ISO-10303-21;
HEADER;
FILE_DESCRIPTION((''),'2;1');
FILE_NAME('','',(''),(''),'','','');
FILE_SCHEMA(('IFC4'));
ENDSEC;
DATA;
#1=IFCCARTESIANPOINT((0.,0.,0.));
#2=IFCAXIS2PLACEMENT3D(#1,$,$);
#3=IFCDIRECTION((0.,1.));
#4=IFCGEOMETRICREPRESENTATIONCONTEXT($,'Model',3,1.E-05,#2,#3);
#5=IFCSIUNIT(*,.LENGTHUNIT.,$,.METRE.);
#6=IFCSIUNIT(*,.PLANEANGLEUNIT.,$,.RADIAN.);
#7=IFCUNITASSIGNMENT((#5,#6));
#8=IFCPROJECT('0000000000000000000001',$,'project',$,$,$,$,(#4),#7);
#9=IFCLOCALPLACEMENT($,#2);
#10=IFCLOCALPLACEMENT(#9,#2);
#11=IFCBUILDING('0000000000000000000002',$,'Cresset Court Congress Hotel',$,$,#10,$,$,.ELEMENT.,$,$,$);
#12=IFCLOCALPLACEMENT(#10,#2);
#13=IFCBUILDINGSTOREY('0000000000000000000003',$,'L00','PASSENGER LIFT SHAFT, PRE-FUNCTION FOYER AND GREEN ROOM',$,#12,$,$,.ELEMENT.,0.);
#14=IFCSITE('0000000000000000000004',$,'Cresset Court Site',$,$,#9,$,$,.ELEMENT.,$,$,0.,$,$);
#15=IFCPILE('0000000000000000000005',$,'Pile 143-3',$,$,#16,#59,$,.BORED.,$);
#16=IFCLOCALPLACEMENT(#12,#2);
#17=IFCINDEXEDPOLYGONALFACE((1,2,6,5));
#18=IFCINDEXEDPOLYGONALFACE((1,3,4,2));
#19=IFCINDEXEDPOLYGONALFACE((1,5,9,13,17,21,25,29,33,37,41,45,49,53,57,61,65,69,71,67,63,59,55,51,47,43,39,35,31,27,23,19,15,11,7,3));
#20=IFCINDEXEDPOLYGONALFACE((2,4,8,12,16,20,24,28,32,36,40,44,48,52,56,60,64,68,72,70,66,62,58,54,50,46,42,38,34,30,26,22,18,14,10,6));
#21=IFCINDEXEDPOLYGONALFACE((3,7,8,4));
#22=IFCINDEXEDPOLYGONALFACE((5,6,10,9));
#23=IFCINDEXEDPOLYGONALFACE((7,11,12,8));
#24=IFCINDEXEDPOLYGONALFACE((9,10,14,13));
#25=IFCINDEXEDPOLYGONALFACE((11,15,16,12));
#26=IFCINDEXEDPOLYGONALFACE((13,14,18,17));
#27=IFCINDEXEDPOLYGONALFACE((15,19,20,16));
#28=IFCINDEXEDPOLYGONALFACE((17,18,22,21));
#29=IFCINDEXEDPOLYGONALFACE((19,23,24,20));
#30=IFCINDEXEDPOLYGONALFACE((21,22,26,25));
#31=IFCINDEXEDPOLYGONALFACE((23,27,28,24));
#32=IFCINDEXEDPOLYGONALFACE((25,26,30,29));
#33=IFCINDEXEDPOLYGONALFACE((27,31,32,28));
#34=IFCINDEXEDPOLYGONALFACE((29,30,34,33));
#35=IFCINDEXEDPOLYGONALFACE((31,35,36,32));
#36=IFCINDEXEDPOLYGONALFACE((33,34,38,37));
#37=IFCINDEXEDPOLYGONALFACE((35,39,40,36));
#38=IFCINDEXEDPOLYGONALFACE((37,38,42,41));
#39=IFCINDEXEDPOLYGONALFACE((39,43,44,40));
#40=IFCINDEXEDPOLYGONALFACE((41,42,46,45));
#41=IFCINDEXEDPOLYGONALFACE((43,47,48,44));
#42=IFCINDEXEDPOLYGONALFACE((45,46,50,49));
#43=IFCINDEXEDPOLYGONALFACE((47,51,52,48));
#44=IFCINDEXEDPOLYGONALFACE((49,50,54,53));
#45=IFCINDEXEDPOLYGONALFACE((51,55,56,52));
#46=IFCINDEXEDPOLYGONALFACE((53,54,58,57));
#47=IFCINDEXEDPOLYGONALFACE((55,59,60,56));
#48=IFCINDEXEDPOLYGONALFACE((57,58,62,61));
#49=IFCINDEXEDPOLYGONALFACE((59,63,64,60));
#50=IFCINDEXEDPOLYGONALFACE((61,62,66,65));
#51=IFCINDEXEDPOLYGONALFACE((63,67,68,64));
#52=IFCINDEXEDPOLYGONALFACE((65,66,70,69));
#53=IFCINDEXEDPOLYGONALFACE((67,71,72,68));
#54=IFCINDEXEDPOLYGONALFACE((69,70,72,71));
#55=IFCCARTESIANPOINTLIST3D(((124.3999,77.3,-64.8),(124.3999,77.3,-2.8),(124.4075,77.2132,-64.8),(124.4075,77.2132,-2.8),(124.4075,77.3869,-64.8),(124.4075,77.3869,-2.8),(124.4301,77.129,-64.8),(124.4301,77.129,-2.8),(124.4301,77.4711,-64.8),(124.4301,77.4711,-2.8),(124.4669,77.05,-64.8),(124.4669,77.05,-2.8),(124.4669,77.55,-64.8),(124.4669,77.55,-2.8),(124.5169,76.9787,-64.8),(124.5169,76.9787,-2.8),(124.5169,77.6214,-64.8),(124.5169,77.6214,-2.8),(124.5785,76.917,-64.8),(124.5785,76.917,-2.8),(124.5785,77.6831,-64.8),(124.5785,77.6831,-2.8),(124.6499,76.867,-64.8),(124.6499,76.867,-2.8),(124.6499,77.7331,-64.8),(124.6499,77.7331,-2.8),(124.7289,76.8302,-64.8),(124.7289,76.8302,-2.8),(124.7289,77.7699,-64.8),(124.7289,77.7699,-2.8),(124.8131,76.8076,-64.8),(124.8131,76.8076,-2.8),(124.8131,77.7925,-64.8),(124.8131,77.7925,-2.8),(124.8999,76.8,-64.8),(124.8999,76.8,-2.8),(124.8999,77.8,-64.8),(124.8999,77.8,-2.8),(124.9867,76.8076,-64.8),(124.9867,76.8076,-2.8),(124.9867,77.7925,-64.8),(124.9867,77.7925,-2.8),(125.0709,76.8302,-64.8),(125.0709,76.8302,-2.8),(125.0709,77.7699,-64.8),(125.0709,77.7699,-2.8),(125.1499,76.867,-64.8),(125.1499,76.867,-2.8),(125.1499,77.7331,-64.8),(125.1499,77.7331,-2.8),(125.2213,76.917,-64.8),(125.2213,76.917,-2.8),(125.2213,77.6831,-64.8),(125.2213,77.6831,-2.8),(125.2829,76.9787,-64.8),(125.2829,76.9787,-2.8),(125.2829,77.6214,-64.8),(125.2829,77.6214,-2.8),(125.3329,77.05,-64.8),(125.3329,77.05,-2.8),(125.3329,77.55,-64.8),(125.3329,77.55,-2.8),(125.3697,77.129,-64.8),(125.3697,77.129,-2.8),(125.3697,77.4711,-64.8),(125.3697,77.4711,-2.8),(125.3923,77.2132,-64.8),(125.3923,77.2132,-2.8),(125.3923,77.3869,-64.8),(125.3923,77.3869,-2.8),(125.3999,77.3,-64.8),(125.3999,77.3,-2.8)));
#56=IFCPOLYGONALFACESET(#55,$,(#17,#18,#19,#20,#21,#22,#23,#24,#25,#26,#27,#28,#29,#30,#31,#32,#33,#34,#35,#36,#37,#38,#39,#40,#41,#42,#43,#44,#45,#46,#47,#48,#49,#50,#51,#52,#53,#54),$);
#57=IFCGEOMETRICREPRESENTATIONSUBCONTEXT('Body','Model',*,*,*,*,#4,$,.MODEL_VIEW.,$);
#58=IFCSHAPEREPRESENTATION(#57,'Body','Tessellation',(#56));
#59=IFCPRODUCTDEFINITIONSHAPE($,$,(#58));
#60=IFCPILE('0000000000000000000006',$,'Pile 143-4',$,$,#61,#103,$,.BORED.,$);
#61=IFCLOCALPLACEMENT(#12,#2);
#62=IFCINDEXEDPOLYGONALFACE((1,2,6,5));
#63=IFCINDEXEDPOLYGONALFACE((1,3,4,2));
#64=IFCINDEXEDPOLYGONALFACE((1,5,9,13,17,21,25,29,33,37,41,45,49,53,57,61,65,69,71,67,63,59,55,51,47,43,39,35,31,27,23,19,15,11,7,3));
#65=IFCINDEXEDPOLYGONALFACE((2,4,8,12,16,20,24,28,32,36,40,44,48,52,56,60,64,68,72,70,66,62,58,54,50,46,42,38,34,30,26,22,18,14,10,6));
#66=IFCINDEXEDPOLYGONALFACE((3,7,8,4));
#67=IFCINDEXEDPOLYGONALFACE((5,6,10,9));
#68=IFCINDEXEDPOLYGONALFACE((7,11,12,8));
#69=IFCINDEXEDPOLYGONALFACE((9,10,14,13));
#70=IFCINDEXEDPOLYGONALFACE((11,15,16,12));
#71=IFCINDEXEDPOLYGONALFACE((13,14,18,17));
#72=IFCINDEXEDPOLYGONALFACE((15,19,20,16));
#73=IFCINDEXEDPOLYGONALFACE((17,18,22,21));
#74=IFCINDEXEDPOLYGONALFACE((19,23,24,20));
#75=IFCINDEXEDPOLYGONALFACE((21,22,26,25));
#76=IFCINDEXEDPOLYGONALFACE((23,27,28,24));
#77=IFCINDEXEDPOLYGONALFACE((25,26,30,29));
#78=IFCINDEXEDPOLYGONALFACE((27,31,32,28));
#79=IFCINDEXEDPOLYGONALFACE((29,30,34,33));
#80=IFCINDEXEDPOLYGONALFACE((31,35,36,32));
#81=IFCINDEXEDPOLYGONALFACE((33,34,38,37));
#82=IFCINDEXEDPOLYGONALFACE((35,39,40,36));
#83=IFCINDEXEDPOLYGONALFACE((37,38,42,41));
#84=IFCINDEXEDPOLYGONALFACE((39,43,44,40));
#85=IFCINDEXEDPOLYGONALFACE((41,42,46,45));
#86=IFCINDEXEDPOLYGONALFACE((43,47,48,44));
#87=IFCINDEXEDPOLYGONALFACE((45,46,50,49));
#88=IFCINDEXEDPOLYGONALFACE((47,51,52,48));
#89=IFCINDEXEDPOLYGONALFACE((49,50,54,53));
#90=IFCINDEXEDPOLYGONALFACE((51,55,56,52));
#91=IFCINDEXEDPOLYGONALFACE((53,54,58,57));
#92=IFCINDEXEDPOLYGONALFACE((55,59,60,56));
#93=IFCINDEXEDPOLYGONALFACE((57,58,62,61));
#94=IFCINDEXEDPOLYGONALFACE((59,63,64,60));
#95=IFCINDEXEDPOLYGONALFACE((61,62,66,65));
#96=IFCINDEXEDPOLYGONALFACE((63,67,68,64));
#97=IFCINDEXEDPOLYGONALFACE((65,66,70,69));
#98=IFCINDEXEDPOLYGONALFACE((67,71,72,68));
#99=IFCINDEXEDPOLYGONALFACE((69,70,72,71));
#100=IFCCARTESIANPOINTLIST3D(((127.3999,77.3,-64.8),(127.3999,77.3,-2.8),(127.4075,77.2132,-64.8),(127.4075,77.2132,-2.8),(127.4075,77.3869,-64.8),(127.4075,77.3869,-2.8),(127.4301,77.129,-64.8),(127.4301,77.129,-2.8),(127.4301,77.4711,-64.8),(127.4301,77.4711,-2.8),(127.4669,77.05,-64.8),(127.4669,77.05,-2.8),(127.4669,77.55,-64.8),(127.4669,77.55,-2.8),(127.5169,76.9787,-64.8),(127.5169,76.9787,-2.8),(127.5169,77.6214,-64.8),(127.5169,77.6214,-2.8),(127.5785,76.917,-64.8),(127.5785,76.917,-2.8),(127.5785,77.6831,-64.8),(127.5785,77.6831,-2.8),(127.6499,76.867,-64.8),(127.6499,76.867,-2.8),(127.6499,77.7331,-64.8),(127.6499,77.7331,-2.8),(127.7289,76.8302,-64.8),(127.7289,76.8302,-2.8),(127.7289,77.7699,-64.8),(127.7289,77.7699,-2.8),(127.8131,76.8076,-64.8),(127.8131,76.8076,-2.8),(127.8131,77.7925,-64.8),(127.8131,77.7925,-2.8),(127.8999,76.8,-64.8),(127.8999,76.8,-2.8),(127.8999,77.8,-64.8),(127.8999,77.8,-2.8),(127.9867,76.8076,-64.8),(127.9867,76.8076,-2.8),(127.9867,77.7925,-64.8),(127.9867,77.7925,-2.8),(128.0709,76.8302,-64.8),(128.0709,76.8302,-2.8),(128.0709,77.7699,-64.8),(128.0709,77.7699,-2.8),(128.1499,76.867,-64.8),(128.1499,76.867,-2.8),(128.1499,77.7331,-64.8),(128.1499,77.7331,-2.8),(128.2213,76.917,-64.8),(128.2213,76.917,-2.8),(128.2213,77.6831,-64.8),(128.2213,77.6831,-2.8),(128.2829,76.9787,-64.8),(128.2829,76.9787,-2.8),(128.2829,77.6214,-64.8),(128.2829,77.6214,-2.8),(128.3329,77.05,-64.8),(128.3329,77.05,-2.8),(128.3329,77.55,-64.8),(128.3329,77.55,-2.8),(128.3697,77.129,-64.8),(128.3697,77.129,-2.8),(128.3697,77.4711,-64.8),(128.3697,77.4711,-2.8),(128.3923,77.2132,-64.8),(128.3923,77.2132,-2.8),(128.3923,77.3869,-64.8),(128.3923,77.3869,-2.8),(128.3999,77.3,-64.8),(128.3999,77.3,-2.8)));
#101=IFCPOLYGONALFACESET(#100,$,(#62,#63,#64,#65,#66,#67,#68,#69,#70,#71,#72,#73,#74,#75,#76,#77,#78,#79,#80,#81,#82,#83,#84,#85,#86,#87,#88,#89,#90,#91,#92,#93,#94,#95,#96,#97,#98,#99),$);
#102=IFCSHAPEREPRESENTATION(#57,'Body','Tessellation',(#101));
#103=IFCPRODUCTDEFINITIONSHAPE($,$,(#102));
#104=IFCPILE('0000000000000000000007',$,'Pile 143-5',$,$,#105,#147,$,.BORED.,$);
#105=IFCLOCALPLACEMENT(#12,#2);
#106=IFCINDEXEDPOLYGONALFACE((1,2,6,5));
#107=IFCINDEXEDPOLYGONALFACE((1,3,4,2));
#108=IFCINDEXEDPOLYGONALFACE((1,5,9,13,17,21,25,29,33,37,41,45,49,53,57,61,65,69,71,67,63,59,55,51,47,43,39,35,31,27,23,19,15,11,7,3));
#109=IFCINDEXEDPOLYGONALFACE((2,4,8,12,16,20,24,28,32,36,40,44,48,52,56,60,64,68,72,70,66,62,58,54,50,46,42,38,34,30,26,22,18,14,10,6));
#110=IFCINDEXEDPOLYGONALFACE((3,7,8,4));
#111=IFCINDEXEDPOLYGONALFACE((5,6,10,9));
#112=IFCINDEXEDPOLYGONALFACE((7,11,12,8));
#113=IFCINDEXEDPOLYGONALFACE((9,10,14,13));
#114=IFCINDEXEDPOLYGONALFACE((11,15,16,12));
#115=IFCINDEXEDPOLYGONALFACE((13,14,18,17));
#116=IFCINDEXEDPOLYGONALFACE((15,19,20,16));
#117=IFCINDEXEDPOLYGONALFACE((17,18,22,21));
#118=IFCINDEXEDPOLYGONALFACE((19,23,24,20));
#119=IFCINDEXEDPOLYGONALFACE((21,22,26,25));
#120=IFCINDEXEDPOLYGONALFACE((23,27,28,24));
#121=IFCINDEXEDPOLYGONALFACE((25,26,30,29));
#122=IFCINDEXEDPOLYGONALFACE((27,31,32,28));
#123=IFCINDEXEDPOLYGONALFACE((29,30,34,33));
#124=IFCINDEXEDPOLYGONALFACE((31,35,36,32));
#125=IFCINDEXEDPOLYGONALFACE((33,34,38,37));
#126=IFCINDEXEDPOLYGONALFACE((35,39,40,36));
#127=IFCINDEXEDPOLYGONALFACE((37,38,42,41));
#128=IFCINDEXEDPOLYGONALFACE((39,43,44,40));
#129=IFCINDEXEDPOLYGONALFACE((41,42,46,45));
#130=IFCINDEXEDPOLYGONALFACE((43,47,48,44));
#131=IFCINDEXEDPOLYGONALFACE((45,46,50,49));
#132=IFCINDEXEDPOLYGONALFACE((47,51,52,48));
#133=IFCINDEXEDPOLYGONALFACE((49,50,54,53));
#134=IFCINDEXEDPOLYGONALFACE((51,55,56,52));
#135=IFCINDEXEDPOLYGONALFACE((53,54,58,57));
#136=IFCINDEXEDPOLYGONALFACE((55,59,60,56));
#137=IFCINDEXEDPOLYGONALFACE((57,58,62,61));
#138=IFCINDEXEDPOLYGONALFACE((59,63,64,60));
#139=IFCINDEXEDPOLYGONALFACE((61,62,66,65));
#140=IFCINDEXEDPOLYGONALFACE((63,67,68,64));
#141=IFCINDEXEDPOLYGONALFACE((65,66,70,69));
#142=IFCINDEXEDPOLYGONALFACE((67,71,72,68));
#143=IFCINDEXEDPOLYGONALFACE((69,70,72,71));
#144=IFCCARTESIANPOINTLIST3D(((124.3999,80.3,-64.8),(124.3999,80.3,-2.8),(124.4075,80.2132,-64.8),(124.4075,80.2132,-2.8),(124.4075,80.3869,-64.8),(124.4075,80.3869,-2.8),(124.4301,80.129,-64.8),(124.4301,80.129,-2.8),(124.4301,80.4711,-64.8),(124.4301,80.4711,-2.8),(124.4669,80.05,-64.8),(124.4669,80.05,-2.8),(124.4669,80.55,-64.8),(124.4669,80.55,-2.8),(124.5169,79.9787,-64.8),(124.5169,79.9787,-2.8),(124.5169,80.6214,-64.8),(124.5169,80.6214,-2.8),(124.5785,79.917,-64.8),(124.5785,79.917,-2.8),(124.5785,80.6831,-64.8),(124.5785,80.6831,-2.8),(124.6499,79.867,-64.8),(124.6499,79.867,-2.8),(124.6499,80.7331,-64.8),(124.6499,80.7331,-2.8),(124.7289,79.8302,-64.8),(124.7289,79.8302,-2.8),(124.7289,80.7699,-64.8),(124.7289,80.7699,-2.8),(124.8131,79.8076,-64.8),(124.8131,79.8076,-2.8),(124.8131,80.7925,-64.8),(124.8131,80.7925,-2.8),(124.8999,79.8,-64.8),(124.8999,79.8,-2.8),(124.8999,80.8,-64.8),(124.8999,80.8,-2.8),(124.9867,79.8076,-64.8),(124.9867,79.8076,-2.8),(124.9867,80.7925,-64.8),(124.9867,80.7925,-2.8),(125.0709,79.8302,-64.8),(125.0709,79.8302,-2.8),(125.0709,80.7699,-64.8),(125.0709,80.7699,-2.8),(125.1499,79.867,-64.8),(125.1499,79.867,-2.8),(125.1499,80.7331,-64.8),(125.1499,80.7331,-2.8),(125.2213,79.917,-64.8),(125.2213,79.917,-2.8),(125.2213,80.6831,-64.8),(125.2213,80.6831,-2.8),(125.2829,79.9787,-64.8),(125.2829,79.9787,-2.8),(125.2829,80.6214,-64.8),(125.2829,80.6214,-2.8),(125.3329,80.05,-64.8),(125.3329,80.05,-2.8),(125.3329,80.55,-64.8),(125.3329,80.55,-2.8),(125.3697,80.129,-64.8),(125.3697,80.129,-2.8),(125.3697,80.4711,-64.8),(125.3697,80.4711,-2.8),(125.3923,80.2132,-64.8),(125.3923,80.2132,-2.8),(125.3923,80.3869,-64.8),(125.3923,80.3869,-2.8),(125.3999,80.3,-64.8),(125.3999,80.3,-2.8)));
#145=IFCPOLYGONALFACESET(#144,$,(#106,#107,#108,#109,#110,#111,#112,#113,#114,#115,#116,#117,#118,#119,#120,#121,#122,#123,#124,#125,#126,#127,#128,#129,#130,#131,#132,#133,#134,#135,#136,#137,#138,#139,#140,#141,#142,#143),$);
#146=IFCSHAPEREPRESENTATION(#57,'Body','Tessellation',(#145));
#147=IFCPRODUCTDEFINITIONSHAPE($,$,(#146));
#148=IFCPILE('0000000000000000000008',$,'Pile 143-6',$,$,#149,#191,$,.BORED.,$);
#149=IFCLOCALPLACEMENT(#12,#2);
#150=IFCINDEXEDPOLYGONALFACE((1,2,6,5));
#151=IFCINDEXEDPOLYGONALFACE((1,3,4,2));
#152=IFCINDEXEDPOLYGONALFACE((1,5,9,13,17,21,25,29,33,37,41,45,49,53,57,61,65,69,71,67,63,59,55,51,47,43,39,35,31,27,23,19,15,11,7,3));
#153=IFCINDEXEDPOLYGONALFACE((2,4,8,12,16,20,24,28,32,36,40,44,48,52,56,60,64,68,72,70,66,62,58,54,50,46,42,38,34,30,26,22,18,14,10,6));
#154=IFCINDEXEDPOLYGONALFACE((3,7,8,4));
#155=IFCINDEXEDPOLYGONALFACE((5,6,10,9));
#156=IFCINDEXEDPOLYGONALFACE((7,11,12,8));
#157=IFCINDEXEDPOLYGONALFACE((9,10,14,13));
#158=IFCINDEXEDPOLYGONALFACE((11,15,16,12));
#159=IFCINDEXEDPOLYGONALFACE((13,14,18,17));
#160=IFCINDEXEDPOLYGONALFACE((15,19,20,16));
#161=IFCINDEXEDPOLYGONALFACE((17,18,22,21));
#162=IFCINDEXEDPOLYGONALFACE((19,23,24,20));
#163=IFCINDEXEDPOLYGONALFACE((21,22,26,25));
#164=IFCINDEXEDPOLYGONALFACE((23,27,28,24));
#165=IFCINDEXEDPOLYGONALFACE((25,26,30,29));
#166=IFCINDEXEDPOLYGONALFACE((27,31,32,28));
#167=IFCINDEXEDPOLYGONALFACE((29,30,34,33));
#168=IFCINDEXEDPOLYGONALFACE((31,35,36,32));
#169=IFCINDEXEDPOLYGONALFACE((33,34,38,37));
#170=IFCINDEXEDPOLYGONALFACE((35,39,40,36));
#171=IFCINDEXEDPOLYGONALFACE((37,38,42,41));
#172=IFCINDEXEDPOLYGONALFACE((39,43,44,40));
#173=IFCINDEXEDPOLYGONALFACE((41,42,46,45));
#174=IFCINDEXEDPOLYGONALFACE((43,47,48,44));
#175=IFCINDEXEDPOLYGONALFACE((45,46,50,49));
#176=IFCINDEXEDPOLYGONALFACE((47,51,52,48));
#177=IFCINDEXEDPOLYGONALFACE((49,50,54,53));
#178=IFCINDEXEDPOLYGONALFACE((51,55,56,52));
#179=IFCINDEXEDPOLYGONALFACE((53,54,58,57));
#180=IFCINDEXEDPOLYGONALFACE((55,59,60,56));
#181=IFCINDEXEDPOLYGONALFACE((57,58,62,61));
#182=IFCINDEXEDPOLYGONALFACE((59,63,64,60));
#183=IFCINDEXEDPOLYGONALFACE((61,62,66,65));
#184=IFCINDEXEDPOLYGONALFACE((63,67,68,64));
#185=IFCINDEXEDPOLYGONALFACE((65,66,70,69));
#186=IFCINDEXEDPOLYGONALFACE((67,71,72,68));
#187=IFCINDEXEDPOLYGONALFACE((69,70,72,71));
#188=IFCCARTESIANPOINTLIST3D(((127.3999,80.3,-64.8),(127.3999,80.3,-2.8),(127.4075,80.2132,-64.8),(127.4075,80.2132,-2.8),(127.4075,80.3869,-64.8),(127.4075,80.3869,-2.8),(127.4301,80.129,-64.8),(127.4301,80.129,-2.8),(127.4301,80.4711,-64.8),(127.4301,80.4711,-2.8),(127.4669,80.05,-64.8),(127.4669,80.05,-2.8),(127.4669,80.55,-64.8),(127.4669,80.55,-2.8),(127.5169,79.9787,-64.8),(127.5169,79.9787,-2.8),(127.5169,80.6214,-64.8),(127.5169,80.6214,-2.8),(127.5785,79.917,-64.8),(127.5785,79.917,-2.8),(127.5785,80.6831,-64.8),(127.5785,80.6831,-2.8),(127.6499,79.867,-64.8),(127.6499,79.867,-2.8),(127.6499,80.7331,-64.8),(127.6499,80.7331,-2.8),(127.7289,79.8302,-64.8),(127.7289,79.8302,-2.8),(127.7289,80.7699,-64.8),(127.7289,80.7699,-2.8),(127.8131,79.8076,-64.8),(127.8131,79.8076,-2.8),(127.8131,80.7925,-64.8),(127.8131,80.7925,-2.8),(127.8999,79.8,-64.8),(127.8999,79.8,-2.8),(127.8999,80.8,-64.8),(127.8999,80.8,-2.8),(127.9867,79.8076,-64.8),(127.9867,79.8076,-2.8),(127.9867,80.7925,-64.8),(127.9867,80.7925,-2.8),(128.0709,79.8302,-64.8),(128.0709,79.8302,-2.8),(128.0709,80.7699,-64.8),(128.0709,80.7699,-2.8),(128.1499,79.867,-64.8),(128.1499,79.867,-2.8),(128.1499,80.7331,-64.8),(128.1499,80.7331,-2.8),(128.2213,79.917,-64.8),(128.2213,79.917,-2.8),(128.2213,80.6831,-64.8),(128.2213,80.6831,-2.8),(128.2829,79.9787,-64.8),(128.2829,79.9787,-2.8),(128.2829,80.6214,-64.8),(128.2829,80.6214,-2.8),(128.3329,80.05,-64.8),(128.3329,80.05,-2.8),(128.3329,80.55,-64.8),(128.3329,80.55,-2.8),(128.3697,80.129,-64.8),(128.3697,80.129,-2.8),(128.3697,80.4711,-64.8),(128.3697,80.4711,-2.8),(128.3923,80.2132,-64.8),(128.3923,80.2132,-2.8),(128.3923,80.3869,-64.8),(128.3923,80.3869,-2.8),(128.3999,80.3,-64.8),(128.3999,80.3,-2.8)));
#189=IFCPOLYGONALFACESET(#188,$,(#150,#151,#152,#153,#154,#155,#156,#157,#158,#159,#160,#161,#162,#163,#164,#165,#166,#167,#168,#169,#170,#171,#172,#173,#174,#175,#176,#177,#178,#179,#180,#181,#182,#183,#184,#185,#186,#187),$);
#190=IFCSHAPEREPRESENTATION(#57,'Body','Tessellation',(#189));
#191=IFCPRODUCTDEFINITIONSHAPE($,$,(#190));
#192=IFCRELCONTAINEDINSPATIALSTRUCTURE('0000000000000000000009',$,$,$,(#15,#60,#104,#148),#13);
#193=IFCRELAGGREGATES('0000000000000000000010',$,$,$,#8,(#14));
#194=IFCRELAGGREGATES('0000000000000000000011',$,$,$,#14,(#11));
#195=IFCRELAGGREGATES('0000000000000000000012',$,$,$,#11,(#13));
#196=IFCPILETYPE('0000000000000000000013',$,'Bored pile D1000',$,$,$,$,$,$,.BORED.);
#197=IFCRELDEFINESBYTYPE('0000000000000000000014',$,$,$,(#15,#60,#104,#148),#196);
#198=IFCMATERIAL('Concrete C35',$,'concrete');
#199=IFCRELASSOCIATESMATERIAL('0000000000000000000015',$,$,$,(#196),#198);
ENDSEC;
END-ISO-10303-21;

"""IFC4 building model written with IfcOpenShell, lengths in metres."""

from ifc_helpers import new_model, si_unit, direction, frame, origin, origin_2d, place, context, subcontext, project, spatial, circle, extrude, material, type_object, element, save


model = new_model("IFC4")

# Units and contexts
model_context = context("Model", 3, precision=1e-05, world=origin(), true_north=direction((0.0, 1.0)))
body_context = subcontext(model_context, "Body", "Model", "MODEL_VIEW")
ifc_project = project(units=[si_unit("LENGTHUNIT", "METRE"), si_unit("PLANEANGLEUNIT", "RADIAN")], contexts=[model_context])

# Site, building, storey
site_placement = place(None, origin())
site = spatial("IfcSite", under=ifc_project, at=site_placement, Name="Cresset Court Site", CompositionType="ELEMENT", RefElevation=0.0)
building_placement = place(site_placement, origin())
building = spatial("IfcBuilding", under=site, at=building_placement, Name="Cresset Court Congress Hotel", CompositionType="ELEMENT")
storey_placement = place(building_placement, origin())
storey = spatial("IfcBuildingStorey", under=building, at=storey_placement, Name="L00", Description="PASSENGER LIFT SHAFT, PRE-FUNCTION FOYER AND GREEN ROOM", CompositionType="ELEMENT", Elevation=0.0)

# Piles
ifc_material_1 = material(Name="Concrete C35", Category="concrete")
pile_type = type_object("IfcPileType", Name="Bored pile D1000", PredefinedType="BORED", material=ifc_material_1)
for number, where, z_axis, x_axis, name in (
    (1, (124.8999, 77.3, -2.8), (0.0, 0.0, -1.0), (1.0, 0.0, 0.0), "Pile 143-3"),
    (2, (127.8999, 77.3, -2.8), (0.0, 0.0, -1.0), (1.0, 0.0, 0.0), "Pile 143-4"),
    (3, (124.8999, 80.3, -2.8), (0.0, 0.0, -1.0), (1.0, 0.0, 0.0), "Pile 143-5"),
    (4, (127.8999, 80.3, -2.8), (0.0, 0.0, -1.0), (1.0, 0.0, 0.0), "Pile 143-6"),
):
    element("IfcPile", number, at=place(storey_placement, frame(where, z_axis=z_axis, x_axis=x_axis)), inside=storey, type_object=pile_type, Name=name, PredefinedType="BORED", context=body_context, shape_type="SweptSolid", body=[
        extrude(circle(Radius=0.5, at=origin_2d()), origin(), (0.0, 0.0, 1.0), 62.0),
    ])

save(model, "model.ifc")
